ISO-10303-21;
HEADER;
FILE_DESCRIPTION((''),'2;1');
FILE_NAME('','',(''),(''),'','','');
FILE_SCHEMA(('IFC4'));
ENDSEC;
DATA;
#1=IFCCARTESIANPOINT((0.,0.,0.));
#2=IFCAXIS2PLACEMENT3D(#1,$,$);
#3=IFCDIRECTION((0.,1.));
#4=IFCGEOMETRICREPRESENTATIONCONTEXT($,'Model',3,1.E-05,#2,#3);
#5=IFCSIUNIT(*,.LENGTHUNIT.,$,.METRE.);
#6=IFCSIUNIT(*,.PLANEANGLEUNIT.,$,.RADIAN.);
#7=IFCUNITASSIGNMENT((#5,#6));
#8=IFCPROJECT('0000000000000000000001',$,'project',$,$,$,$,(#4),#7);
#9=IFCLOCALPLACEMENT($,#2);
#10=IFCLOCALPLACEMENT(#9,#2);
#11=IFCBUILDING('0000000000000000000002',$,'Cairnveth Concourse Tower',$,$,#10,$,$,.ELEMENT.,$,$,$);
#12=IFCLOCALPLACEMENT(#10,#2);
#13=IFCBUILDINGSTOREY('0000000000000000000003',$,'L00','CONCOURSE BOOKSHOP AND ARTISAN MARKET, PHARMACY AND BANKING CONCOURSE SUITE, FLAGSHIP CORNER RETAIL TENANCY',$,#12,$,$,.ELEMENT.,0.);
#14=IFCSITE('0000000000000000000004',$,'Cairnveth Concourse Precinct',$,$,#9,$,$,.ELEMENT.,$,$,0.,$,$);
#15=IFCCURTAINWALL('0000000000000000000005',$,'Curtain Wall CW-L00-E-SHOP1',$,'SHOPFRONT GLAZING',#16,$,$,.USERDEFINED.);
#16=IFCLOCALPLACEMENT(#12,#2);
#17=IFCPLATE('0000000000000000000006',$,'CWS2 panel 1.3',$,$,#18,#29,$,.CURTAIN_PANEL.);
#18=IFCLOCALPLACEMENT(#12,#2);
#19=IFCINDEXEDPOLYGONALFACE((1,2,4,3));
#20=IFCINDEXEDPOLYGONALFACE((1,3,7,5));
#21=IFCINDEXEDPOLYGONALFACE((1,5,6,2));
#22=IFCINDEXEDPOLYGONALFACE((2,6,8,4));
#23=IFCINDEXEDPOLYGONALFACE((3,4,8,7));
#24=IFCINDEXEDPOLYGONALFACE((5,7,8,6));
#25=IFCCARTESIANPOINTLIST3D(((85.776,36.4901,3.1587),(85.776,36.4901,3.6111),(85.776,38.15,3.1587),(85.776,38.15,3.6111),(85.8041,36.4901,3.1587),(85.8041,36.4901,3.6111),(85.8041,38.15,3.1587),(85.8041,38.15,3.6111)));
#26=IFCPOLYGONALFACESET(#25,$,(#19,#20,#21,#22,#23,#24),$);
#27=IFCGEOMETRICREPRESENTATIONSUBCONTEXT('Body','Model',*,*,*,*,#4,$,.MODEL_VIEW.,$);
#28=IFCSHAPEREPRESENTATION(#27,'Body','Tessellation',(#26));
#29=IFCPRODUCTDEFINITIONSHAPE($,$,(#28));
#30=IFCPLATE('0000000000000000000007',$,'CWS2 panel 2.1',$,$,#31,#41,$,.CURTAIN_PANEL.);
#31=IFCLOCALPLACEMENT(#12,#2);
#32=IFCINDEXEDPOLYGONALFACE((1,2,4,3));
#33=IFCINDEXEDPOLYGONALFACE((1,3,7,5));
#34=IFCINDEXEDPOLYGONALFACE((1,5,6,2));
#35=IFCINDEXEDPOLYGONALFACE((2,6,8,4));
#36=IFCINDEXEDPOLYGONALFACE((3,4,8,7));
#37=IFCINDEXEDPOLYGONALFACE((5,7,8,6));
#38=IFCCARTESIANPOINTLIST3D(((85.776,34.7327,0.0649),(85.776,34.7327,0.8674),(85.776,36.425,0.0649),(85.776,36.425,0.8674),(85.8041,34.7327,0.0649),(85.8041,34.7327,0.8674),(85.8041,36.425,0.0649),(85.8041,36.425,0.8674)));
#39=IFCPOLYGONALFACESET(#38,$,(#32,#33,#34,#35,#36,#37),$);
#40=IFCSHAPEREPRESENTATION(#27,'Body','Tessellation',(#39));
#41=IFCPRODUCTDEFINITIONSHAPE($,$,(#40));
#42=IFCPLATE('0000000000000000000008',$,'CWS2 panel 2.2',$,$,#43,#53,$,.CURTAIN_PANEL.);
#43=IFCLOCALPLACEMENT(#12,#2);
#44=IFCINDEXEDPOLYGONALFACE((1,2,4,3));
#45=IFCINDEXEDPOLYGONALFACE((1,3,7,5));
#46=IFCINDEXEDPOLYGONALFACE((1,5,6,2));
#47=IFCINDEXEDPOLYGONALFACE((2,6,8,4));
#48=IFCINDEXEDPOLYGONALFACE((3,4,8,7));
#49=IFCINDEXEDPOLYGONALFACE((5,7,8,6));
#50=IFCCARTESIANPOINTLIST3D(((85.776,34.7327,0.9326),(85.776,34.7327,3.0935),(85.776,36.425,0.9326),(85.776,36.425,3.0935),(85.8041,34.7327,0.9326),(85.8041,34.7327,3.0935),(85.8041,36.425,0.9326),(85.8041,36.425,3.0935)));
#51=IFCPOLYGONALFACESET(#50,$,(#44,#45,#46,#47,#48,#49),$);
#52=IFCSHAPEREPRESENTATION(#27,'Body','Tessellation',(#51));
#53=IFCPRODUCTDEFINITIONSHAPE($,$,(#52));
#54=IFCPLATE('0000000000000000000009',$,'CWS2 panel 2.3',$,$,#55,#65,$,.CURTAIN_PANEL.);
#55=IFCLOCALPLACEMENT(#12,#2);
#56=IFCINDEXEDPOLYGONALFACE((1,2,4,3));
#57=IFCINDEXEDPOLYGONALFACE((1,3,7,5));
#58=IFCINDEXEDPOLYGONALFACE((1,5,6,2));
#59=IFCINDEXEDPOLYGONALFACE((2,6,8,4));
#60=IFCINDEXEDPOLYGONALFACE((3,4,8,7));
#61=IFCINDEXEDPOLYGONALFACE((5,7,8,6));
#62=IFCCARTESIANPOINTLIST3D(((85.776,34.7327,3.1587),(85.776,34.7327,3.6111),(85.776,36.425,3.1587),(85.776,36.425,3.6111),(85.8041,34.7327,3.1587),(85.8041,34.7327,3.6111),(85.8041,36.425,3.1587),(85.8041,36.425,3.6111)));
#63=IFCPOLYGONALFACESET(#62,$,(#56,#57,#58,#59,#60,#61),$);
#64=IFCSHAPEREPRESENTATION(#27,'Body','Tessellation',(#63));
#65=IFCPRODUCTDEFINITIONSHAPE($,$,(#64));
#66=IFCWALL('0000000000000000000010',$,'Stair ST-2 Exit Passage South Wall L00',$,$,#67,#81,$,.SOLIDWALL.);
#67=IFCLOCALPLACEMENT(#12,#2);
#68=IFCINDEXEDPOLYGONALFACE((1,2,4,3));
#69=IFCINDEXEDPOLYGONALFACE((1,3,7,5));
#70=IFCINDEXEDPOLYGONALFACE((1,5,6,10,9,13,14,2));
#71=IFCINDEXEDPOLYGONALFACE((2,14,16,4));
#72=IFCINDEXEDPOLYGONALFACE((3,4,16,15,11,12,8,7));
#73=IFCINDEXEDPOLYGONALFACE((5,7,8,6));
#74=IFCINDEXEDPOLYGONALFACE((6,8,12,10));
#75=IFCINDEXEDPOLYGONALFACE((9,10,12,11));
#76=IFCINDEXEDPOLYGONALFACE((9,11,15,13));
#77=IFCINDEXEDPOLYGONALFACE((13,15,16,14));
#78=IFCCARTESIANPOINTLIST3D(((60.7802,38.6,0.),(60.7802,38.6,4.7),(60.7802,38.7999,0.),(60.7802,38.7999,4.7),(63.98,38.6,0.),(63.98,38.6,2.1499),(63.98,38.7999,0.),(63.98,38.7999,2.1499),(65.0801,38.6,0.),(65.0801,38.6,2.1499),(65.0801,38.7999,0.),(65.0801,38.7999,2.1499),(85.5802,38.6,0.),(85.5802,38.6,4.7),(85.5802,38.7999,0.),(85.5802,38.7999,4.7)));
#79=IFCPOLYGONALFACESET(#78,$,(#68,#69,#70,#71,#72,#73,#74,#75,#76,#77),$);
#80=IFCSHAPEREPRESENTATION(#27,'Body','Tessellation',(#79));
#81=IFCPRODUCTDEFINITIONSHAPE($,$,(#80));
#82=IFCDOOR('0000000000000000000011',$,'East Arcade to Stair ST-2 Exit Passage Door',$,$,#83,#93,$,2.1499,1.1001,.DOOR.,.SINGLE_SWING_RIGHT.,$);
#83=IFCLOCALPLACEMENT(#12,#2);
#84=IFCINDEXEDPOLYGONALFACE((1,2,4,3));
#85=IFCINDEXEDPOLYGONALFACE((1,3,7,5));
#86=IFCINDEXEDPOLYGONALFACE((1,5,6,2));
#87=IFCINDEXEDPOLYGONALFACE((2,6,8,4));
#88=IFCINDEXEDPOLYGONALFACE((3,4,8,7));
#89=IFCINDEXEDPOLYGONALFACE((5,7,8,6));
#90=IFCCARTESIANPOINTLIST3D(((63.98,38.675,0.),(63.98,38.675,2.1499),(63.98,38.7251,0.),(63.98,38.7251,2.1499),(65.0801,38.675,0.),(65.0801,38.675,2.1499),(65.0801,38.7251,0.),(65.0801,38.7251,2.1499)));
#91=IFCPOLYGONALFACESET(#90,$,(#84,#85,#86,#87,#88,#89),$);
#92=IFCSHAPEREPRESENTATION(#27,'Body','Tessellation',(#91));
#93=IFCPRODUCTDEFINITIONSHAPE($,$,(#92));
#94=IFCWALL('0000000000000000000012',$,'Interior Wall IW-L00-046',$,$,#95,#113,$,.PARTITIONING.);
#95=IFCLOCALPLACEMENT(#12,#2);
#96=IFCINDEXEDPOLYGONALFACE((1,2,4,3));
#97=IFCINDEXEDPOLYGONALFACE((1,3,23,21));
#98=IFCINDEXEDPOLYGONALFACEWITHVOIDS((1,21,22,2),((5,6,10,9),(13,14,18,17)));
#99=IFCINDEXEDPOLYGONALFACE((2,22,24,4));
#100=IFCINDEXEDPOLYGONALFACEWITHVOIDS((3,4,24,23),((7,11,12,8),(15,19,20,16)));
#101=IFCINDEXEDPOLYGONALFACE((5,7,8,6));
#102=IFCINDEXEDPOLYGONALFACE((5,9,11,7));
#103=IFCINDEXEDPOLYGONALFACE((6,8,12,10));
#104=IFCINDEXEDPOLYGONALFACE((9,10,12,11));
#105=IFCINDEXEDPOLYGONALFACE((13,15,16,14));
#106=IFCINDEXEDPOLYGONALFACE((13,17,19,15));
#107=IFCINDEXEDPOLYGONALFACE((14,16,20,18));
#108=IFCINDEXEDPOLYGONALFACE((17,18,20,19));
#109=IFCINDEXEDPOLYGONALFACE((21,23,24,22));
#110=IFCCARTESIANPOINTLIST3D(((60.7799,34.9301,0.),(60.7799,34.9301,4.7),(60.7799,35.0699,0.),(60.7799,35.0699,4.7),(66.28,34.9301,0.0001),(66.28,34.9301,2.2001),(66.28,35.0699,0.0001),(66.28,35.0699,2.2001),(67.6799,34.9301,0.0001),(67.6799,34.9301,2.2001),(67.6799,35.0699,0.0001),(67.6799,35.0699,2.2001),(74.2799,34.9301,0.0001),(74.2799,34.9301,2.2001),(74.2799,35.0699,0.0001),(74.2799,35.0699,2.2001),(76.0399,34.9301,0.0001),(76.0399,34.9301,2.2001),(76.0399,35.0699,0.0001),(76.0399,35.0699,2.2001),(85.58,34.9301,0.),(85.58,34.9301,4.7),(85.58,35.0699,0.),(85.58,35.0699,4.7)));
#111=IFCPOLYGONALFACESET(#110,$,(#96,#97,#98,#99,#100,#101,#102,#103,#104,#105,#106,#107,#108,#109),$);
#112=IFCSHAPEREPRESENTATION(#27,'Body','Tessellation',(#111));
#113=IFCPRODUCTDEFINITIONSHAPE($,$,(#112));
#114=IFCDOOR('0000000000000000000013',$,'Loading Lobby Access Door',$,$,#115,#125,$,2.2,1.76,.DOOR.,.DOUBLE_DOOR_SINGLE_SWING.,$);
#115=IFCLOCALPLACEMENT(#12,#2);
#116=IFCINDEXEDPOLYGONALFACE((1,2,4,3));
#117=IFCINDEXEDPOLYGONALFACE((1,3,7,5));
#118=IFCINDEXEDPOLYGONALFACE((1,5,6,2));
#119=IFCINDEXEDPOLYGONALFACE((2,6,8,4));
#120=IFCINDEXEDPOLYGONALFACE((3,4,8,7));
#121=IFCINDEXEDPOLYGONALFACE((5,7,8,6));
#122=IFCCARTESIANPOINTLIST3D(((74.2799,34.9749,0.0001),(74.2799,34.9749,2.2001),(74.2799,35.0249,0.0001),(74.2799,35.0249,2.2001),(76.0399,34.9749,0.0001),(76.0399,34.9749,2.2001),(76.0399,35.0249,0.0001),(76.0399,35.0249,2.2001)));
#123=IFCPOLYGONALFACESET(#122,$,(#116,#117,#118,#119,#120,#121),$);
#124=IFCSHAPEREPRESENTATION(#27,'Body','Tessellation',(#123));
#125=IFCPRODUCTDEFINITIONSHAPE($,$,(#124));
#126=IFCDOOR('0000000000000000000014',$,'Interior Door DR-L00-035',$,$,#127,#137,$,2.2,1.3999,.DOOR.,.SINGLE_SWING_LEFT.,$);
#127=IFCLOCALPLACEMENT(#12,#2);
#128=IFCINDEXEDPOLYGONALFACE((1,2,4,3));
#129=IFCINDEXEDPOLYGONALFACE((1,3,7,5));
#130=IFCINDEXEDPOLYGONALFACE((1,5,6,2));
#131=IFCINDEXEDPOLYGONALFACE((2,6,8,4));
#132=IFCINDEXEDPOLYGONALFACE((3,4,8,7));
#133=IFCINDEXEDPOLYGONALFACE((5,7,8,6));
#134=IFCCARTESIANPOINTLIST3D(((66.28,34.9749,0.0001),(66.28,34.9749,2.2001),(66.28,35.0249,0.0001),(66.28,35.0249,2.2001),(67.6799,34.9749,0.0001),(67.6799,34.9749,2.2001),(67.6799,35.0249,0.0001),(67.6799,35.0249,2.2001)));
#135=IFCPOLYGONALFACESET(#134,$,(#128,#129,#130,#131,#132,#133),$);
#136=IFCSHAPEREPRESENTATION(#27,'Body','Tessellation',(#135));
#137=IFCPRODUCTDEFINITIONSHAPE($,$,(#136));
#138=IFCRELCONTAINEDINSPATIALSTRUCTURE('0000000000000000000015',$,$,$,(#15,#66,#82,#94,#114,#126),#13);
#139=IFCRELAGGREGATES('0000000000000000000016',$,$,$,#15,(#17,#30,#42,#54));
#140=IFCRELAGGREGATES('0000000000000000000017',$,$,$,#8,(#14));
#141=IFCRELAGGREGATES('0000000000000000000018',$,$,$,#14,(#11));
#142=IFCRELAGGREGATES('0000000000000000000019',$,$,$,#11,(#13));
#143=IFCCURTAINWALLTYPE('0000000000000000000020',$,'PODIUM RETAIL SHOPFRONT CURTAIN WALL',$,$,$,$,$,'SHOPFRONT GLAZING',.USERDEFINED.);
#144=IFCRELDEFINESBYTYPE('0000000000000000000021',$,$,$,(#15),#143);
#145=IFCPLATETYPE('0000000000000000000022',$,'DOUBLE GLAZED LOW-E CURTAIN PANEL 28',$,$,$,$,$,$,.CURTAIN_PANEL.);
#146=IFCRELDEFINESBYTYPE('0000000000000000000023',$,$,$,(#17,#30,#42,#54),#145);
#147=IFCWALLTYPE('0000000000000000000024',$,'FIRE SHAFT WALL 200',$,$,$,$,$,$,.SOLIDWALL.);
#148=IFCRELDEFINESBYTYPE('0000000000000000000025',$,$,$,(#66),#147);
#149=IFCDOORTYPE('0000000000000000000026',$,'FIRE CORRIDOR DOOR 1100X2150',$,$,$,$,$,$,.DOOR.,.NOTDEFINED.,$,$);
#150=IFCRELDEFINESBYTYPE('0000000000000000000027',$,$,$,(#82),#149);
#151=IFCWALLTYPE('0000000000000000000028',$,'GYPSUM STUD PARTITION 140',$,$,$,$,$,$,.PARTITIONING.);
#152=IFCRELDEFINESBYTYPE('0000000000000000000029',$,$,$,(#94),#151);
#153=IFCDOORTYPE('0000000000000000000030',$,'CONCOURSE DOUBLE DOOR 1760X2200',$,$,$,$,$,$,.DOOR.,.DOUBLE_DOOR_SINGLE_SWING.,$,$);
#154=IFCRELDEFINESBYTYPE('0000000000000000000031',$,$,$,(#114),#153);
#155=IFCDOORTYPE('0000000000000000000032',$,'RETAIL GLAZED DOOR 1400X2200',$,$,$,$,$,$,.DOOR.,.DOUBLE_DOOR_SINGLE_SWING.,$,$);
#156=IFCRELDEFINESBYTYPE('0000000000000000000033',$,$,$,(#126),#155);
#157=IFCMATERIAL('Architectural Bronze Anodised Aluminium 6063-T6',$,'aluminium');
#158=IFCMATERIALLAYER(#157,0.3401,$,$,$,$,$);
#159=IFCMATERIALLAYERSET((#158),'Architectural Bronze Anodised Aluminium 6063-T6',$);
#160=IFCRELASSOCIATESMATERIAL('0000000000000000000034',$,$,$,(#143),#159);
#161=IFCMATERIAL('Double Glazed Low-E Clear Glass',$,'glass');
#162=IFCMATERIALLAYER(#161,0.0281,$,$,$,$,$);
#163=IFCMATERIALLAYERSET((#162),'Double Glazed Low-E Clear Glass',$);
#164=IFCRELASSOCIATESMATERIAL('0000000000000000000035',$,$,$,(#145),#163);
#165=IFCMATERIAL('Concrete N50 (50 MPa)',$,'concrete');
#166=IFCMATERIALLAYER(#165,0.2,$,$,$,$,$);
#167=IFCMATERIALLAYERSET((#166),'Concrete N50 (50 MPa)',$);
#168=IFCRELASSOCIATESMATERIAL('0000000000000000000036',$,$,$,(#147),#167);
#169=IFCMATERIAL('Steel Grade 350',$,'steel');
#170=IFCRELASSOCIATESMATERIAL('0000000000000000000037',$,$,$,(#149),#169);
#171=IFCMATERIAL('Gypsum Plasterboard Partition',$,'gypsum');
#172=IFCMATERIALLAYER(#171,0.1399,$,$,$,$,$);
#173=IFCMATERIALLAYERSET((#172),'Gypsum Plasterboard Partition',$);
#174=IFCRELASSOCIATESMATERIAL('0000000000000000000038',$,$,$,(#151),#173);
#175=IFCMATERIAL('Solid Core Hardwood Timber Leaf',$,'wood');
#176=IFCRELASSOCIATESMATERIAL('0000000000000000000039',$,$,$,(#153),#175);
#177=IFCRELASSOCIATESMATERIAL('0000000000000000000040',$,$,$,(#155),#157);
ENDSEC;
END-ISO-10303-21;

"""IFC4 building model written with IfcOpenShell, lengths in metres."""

from ifc_helpers import new_model, si_unit, direction, frame, frame_2d, origin, origin_2d, place, context, subcontext, project, spatial, rectangle, extrude, material, layer, layer_set, type_object, element, fill, aggregate, save


model = new_model("IFC4")

# Units and contexts
model_context = context("Model", 3, precision=1e-05, world=origin(), true_north=direction((0.0, 1.0)))
body_context = subcontext(model_context, "Body", "Model", "MODEL_VIEW")
ifc_project = project(units=[si_unit("LENGTHUNIT", "METRE"), si_unit("PLANEANGLEUNIT", "RADIAN")], contexts=[model_context])

# Site, building, storey
site_placement = place(None, origin())
site = spatial("IfcSite", under=ifc_project, at=site_placement, Name="Cairnveth Concourse Precinct", CompositionType="ELEMENT", RefElevation=0.0)
building_placement = place(site_placement, origin())
building = spatial("IfcBuilding", under=site, at=building_placement, Name="Cairnveth Concourse Tower", CompositionType="ELEMENT")
storey_placement = place(building_placement, origin())
storey = spatial("IfcBuildingStorey", under=building, at=storey_placement, Name="L00", Description="CONCOURSE BOOKSHOP AND ARTISAN MARKET, PHARMACY AND BANKING CONCOURSE SUITE, FLAGSHIP CORNER RETAIL TENANCY", CompositionType="ELEMENT", Elevation=0.0)

# Shared definitions
ifc_material_1 = material(Name="Concrete N50 (50 MPa)", Category="concrete")

# Curtain wall, plates
ifc_material_2 = material(Name="Architectural Bronze Anodised Aluminium 6063-T6", Category="aluminium")
ifc_layer_1 = layer(ifc_material_2, 0.3401)
ifc_layer_set_1 = layer_set([ifc_layer_1], Name="Architectural Bronze Anodised Aluminium 6063-T6")
curtain_wall_type = type_object("IfcCurtainWallType", Name="PODIUM RETAIL SHOPFRONT CURTAIN WALL", ElementType="SHOPFRONT GLAZING", PredefinedType="USERDEFINED", material=ifc_layer_set_1)
curtain_wall_placement = place(storey_placement, origin())
curtain_wall = element("IfcCurtainWall", 1, at=curtain_wall_placement, inside=storey, type_object=curtain_wall_type, Name="Curtain Wall CW-L00-E-SHOP1", ObjectType="SHOPFRONT GLAZING", PredefinedType="USERDEFINED")
ifc_material_3 = material(Name="Double Glazed Low-E Clear Glass", Category="glass")
ifc_layer_2 = layer(ifc_material_3, 0.0281)
ifc_layer_set_2 = layer_set([ifc_layer_2], Name="Double Glazed Low-E Clear Glass")
plate_type = type_object("IfcPlateType", Name="DOUBLE GLAZED LOW-E CURTAIN PANEL 28", PredefinedType="CURTAIN_PANEL", material=ifc_layer_set_2)
plate_1_placement = place(storey_placement, frame((85.79, 37.3201, 3.1587), z_axis=(0.0, 0.0, 1.0), x_axis=(0.0, -1.0, 0.0)))
plate_1 = element("IfcPlate", 2, at=plate_1_placement, type_object=plate_type, Name="CWS2 panel 1.3", PredefinedType="CURTAIN_PANEL", context=body_context, shape_type="SweptSolid", body=[
    extrude(rectangle(XDim=1.6599, YDim=0.0281, at=origin_2d()), origin(), (0.0, 0.0, 1.0), 0.4524),
])
plate_2_placement = place(storey_placement, frame((85.79, 35.5789, 0.0649), z_axis=(0.0, 0.0, 1.0), x_axis=(0.0, -1.0, 0.0)))
plate_2 = element("IfcPlate", 3, at=plate_2_placement, type_object=plate_type, Name="CWS2 panel 2.1", PredefinedType="CURTAIN_PANEL", context=body_context, shape_type="SweptSolid", body=[
    extrude(rectangle(XDim=1.6924, YDim=0.0281, at=origin_2d()), origin(), (0.0, 0.0, 1.0), 0.8025),
])
plate_3_placement = place(storey_placement, frame((85.79, 35.5789, 0.9326), z_axis=(0.0, 0.0, 1.0), x_axis=(0.0, -1.0, 0.0)))
plate_3 = element("IfcPlate", 4, at=plate_3_placement, type_object=plate_type, Name="CWS2 panel 2.2", PredefinedType="CURTAIN_PANEL", context=body_context, shape_type="SweptSolid", body=[
    extrude(rectangle(XDim=1.6924, YDim=0.0281, at=origin_2d()), origin(), (0.0, 0.0, 1.0), 2.1609),
])
plate_4_placement = place(storey_placement, frame((85.79, 35.5789, 3.1587), z_axis=(0.0, 0.0, 1.0), x_axis=(0.0, -1.0, 0.0)))
plate_4 = element("IfcPlate", 5, at=plate_4_placement, type_object=plate_type, Name="CWS2 panel 2.3", PredefinedType="CURTAIN_PANEL", context=body_context, shape_type="SweptSolid", body=[
    extrude(rectangle(XDim=1.6924, YDim=0.0281, at=origin_2d()), origin(), (0.0, 0.0, 1.0), 0.4524),
])
aggregate(curtain_wall, [plate_1, plate_2, plate_3, plate_4])

# Wall, opening, door
ifc_layer_3 = layer(ifc_material_1, 0.2)
ifc_layer_set_3 = layer_set([ifc_layer_3], Name="Concrete N50 (50 MPa)")
wall_type_1 = type_object("IfcWallType", Name="FIRE SHAFT WALL 200", PredefinedType="SOLIDWALL", material=ifc_layer_set_3)
ifc_material_4 = material(Name="Steel Grade 350", Category="steel")
door_type_1 = type_object("IfcDoorType", Name="FIRE CORRIDOR DOOR 1100X2150", OperationType="NOTDEFINED", PredefinedType="DOOR", material=ifc_material_4)
wall_1_placement = place(storey_placement, frame((85.5801, 38.7, 0.0), z_axis=(0.0, 0.0, 1.0), x_axis=(-1.0, 0.0, 0.0)))
wall_1 = element("IfcWall", 6, at=wall_1_placement, inside=storey, type_object=wall_type_1, Name="Stair ST-2 Exit Passage South Wall L00", PredefinedType="SOLIDWALL", context=body_context, shape_type="SweptSolid", body=[
    extrude(rectangle(XDim=24.8, YDim=0.2, at=frame_2d((12.3999, 0.0))), origin(), (0.0, 0.0, 1.0), 4.7),
])
opening_1_placement = place(wall_1_placement, frame((20.5, 0.0, 0.0)))
opening_1 = element("IfcOpeningElement", 7, at=opening_1_placement, cuts=wall_1, PredefinedType="OPENING", context=body_context, shape_type="SweptSolid", body=[
    extrude(rectangle(XDim=1.1001, YDim=2.1499, at=frame_2d((0.55, 1.075))), frame((0.0, 0.1099, 0.0), z_axis=(0.0, -1.0, 0.0), x_axis=(1.0, 0.0, 0.0)), (0.0, 0.0, 1.0), 0.22),
])
door_1_placement = place(opening_1_placement, origin())
door_1 = element("IfcDoor", 8, at=door_1_placement, inside=storey, type_object=door_type_1, Name="East Arcade to Stair ST-2 Exit Passage Door", OperationType="SINGLE_SWING_RIGHT", OverallHeight=2.1499, OverallWidth=1.1001, PredefinedType="DOOR", context=body_context, shape_type="SweptSolid", body=[
    extrude(rectangle(XDim=1.1001, YDim=2.1499, at=frame_2d((0.55, 1.075))), frame((0.0, 0.0249, 0.0), z_axis=(0.0, -1.0, 0.0), x_axis=(1.0, 0.0, 0.0)), (0.0, 0.0, 1.0), 0.05),
])
fill(opening_1, door_1)

# Wall, openings, doors
ifc_material_5 = material(Name="Gypsum Plasterboard Partition", Category="gypsum")
ifc_layer_4 = layer(ifc_material_5, 0.1399)
ifc_layer_set_4 = layer_set([ifc_layer_4], Name="Gypsum Plasterboard Partition")
wall_type_2 = type_object("IfcWallType", Name="GYPSUM STUD PARTITION 140", PredefinedType="PARTITIONING", material=ifc_layer_set_4)
wall_2_placement = place(storey_placement, frame((60.78, 35.0, 0.0), z_axis=(0.0, 0.0, 1.0), x_axis=(1.0, 0.0, 0.0)))
wall_2 = element("IfcWall", 9, at=wall_2_placement, inside=storey, type_object=wall_type_2, Name="Interior Wall IW-L00-046", PredefinedType="PARTITIONING", context=body_context, shape_type="SweptSolid", body=[
    extrude(rectangle(XDim=24.8, YDim=0.1399, at=frame_2d((12.3999, 0.0))), origin(), (0.0, 0.0, 1.0), 4.7),
])
opening_2_placement = place(wall_2_placement, frame((5.5, 0.0, 0.0)))
opening_2 = element("IfcOpeningElement", 10, at=opening_2_placement, cuts=wall_2, PredefinedType="OPENING", context=body_context, shape_type="SweptSolid", body=[
    extrude(rectangle(XDim=1.3999, YDim=2.2, at=frame_2d((0.7, 1.1001))), frame((0.0, 0.0798, 0.0), z_axis=(0.0, -1.0, 0.0), x_axis=(1.0, 0.0, 0.0)), (0.0, 0.0, 1.0), 0.1599),
])
opening_3_placement = place(wall_2_placement, frame((13.5, 0.0, 0.0)))
opening_3 = element("IfcOpeningElement", 11, at=opening_3_placement, cuts=wall_2, PredefinedType="OPENING", context=body_context, shape_type="SweptSolid", body=[
    extrude(rectangle(XDim=1.76, YDim=2.2, at=frame_2d((0.8799, 1.1001))), frame((0.0, 0.0798, 0.0), z_axis=(0.0, -1.0, 0.0), x_axis=(1.0, 0.0, 0.0)), (0.0, 0.0, 1.0), 0.1599),
])
ifc_material_6 = material(Name="Solid Core Hardwood Timber Leaf", Category="wood")
door_type_2 = type_object("IfcDoorType", Name="CONCOURSE DOUBLE DOOR 1760X2200", OperationType="DOUBLE_DOOR_SINGLE_SWING", PredefinedType="DOOR", material=ifc_material_6)
door_2_placement = place(opening_3_placement, origin())
door_2 = element("IfcDoor", 12, at=door_2_placement, inside=storey, type_object=door_type_2, Name="Loading Lobby Access Door", OperationType="DOUBLE_DOOR_SINGLE_SWING", OverallHeight=2.2, OverallWidth=1.76, PredefinedType="DOOR", context=body_context, shape_type="SweptSolid", body=[
    extrude(rectangle(XDim=1.76, YDim=2.2, at=frame_2d((0.8799, 1.1001))), frame((0.0, 0.0249, 0.0), z_axis=(0.0, -1.0, 0.0), x_axis=(1.0, 0.0, 0.0)), (0.0, 0.0, 1.0), 0.05),
])
fill(opening_3, door_2)
door_type_3 = type_object("IfcDoorType", Name="RETAIL GLAZED DOOR 1400X2200", OperationType="DOUBLE_DOOR_SINGLE_SWING", PredefinedType="DOOR", material=ifc_material_2)
door_3_placement = place(opening_2_placement, origin())
door_3 = element("IfcDoor", 13, at=door_3_placement, inside=storey, type_object=door_type_3, Name="Interior Door DR-L00-035", OperationType="SINGLE_SWING_LEFT", OverallHeight=2.2, OverallWidth=1.3999, PredefinedType="DOOR", context=body_context, shape_type="SweptSolid", body=[
    extrude(rectangle(XDim=1.3999, YDim=2.2, at=frame_2d((0.7, 1.1001))), frame((0.0, 0.0249, 0.0), z_axis=(0.0, -1.0, 0.0), x_axis=(1.0, 0.0, 0.0)), (0.0, 0.0, 1.0), 0.05),
])
fill(opening_2, door_3)

save(model, "model.ifc")
